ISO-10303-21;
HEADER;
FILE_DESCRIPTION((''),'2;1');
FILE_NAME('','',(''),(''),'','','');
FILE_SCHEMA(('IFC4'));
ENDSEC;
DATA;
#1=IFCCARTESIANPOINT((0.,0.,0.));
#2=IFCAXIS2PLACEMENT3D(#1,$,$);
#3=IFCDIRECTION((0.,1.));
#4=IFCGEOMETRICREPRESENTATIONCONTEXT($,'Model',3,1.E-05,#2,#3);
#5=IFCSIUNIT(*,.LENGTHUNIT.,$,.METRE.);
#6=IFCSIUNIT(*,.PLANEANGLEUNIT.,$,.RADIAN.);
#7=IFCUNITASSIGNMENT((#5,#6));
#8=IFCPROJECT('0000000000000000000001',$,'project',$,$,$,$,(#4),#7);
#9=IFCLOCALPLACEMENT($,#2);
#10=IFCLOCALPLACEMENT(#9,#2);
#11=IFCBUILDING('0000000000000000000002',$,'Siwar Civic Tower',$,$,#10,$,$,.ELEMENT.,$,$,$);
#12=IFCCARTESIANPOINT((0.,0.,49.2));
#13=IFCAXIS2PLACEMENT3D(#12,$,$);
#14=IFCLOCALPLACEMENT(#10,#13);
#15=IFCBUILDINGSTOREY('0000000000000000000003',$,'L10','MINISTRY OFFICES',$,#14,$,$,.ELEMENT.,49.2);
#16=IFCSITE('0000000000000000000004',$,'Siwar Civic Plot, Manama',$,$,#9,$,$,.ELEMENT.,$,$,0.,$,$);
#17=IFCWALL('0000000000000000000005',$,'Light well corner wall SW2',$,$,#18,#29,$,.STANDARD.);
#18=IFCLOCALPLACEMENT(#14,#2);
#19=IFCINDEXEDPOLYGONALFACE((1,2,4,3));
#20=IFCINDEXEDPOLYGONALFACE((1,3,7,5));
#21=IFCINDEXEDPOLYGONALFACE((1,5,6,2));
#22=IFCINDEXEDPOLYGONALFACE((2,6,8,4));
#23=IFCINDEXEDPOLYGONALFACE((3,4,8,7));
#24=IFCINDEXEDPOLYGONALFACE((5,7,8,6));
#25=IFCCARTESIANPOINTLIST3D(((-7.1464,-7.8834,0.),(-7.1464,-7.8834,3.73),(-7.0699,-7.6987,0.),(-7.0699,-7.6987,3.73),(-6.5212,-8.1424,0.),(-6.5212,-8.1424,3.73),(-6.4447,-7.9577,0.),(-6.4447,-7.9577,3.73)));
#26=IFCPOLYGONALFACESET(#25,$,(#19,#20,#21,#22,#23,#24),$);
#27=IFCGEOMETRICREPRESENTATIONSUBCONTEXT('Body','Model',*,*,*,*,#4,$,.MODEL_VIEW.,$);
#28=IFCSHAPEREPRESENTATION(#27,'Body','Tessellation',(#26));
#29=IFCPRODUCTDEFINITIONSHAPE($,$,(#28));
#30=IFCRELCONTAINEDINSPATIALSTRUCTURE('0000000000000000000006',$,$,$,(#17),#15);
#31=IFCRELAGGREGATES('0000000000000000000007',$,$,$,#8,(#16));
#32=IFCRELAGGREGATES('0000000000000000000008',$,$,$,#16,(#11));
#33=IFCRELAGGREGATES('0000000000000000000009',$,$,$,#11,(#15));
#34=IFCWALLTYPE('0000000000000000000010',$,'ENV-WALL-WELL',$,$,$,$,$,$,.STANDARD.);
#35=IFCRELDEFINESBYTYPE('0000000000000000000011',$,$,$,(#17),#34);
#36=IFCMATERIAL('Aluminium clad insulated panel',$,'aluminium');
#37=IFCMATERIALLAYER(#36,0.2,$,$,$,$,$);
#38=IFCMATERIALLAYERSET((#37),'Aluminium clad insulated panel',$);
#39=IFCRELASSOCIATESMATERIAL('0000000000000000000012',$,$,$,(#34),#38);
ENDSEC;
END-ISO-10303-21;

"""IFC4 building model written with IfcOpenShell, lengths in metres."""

from ifc_helpers import new_model, si_unit, direction, frame, frame_2d, origin, place, context, subcontext, project, spatial, rectangle, extrude, material, layer, layer_set, type_object, element, save


model = new_model("IFC4")

# Units and contexts
model_context = context("Model", 3, precision=1e-05, world=origin(), true_north=direction((0.0, 1.0)))
body_context = subcontext(model_context, "Body", "Model", "MODEL_VIEW")
ifc_project = project(units=[si_unit("LENGTHUNIT", "METRE"), si_unit("PLANEANGLEUNIT", "RADIAN")], contexts=[model_context])

# Site, building, storey
site_placement = place(None, origin())
site = spatial("IfcSite", under=ifc_project, at=site_placement, Name="Siwar Civic Plot, Manama", CompositionType="ELEMENT", RefElevation=0.0)
building_placement = place(site_placement, origin())
building = spatial("IfcBuilding", under=site, at=building_placement, Name="Siwar Civic Tower", CompositionType="ELEMENT")
storey_placement = place(building_placement, frame((0.0, 0.0, 49.2)))
storey = spatial("IfcBuildingStorey", under=building, at=storey_placement, Name="L10", Description="MINISTRY OFFICES", CompositionType="ELEMENT", Elevation=49.2)

# Wall
ifc_material_1 = material(Name="Aluminium clad insulated panel", Category="aluminium")
ifc_layer_1 = layer(ifc_material_1, 0.2)
ifc_layer_set_1 = layer_set([ifc_layer_1], Name="Aluminium clad insulated panel")
wall_type_1 = type_object("IfcWallType", Name="ENV-WALL-WELL", PredefinedType="STANDARD", material=ifc_layer_set_1)
wall_1_placement = place(storey_placement, frame((-7.1082, -7.791, 0.0), z_axis=(0.0, 0.0, 1.0), x_axis=(0.923854, -0.382745, 0.0)))
element("IfcWall", 1, at=wall_1_placement, inside=storey, type_object=wall_type_1, Name="Light well corner wall SW2", PredefinedType="STANDARD", context=body_context, shape_type="SweptSolid", body=[
    extrude(rectangle(XDim=0.6768, YDim=0.2, at=frame_2d((0.3384, 0.0))), origin(), (0.0, 0.0, 1.0), 3.73),
])

save(model, "model.ifc")
